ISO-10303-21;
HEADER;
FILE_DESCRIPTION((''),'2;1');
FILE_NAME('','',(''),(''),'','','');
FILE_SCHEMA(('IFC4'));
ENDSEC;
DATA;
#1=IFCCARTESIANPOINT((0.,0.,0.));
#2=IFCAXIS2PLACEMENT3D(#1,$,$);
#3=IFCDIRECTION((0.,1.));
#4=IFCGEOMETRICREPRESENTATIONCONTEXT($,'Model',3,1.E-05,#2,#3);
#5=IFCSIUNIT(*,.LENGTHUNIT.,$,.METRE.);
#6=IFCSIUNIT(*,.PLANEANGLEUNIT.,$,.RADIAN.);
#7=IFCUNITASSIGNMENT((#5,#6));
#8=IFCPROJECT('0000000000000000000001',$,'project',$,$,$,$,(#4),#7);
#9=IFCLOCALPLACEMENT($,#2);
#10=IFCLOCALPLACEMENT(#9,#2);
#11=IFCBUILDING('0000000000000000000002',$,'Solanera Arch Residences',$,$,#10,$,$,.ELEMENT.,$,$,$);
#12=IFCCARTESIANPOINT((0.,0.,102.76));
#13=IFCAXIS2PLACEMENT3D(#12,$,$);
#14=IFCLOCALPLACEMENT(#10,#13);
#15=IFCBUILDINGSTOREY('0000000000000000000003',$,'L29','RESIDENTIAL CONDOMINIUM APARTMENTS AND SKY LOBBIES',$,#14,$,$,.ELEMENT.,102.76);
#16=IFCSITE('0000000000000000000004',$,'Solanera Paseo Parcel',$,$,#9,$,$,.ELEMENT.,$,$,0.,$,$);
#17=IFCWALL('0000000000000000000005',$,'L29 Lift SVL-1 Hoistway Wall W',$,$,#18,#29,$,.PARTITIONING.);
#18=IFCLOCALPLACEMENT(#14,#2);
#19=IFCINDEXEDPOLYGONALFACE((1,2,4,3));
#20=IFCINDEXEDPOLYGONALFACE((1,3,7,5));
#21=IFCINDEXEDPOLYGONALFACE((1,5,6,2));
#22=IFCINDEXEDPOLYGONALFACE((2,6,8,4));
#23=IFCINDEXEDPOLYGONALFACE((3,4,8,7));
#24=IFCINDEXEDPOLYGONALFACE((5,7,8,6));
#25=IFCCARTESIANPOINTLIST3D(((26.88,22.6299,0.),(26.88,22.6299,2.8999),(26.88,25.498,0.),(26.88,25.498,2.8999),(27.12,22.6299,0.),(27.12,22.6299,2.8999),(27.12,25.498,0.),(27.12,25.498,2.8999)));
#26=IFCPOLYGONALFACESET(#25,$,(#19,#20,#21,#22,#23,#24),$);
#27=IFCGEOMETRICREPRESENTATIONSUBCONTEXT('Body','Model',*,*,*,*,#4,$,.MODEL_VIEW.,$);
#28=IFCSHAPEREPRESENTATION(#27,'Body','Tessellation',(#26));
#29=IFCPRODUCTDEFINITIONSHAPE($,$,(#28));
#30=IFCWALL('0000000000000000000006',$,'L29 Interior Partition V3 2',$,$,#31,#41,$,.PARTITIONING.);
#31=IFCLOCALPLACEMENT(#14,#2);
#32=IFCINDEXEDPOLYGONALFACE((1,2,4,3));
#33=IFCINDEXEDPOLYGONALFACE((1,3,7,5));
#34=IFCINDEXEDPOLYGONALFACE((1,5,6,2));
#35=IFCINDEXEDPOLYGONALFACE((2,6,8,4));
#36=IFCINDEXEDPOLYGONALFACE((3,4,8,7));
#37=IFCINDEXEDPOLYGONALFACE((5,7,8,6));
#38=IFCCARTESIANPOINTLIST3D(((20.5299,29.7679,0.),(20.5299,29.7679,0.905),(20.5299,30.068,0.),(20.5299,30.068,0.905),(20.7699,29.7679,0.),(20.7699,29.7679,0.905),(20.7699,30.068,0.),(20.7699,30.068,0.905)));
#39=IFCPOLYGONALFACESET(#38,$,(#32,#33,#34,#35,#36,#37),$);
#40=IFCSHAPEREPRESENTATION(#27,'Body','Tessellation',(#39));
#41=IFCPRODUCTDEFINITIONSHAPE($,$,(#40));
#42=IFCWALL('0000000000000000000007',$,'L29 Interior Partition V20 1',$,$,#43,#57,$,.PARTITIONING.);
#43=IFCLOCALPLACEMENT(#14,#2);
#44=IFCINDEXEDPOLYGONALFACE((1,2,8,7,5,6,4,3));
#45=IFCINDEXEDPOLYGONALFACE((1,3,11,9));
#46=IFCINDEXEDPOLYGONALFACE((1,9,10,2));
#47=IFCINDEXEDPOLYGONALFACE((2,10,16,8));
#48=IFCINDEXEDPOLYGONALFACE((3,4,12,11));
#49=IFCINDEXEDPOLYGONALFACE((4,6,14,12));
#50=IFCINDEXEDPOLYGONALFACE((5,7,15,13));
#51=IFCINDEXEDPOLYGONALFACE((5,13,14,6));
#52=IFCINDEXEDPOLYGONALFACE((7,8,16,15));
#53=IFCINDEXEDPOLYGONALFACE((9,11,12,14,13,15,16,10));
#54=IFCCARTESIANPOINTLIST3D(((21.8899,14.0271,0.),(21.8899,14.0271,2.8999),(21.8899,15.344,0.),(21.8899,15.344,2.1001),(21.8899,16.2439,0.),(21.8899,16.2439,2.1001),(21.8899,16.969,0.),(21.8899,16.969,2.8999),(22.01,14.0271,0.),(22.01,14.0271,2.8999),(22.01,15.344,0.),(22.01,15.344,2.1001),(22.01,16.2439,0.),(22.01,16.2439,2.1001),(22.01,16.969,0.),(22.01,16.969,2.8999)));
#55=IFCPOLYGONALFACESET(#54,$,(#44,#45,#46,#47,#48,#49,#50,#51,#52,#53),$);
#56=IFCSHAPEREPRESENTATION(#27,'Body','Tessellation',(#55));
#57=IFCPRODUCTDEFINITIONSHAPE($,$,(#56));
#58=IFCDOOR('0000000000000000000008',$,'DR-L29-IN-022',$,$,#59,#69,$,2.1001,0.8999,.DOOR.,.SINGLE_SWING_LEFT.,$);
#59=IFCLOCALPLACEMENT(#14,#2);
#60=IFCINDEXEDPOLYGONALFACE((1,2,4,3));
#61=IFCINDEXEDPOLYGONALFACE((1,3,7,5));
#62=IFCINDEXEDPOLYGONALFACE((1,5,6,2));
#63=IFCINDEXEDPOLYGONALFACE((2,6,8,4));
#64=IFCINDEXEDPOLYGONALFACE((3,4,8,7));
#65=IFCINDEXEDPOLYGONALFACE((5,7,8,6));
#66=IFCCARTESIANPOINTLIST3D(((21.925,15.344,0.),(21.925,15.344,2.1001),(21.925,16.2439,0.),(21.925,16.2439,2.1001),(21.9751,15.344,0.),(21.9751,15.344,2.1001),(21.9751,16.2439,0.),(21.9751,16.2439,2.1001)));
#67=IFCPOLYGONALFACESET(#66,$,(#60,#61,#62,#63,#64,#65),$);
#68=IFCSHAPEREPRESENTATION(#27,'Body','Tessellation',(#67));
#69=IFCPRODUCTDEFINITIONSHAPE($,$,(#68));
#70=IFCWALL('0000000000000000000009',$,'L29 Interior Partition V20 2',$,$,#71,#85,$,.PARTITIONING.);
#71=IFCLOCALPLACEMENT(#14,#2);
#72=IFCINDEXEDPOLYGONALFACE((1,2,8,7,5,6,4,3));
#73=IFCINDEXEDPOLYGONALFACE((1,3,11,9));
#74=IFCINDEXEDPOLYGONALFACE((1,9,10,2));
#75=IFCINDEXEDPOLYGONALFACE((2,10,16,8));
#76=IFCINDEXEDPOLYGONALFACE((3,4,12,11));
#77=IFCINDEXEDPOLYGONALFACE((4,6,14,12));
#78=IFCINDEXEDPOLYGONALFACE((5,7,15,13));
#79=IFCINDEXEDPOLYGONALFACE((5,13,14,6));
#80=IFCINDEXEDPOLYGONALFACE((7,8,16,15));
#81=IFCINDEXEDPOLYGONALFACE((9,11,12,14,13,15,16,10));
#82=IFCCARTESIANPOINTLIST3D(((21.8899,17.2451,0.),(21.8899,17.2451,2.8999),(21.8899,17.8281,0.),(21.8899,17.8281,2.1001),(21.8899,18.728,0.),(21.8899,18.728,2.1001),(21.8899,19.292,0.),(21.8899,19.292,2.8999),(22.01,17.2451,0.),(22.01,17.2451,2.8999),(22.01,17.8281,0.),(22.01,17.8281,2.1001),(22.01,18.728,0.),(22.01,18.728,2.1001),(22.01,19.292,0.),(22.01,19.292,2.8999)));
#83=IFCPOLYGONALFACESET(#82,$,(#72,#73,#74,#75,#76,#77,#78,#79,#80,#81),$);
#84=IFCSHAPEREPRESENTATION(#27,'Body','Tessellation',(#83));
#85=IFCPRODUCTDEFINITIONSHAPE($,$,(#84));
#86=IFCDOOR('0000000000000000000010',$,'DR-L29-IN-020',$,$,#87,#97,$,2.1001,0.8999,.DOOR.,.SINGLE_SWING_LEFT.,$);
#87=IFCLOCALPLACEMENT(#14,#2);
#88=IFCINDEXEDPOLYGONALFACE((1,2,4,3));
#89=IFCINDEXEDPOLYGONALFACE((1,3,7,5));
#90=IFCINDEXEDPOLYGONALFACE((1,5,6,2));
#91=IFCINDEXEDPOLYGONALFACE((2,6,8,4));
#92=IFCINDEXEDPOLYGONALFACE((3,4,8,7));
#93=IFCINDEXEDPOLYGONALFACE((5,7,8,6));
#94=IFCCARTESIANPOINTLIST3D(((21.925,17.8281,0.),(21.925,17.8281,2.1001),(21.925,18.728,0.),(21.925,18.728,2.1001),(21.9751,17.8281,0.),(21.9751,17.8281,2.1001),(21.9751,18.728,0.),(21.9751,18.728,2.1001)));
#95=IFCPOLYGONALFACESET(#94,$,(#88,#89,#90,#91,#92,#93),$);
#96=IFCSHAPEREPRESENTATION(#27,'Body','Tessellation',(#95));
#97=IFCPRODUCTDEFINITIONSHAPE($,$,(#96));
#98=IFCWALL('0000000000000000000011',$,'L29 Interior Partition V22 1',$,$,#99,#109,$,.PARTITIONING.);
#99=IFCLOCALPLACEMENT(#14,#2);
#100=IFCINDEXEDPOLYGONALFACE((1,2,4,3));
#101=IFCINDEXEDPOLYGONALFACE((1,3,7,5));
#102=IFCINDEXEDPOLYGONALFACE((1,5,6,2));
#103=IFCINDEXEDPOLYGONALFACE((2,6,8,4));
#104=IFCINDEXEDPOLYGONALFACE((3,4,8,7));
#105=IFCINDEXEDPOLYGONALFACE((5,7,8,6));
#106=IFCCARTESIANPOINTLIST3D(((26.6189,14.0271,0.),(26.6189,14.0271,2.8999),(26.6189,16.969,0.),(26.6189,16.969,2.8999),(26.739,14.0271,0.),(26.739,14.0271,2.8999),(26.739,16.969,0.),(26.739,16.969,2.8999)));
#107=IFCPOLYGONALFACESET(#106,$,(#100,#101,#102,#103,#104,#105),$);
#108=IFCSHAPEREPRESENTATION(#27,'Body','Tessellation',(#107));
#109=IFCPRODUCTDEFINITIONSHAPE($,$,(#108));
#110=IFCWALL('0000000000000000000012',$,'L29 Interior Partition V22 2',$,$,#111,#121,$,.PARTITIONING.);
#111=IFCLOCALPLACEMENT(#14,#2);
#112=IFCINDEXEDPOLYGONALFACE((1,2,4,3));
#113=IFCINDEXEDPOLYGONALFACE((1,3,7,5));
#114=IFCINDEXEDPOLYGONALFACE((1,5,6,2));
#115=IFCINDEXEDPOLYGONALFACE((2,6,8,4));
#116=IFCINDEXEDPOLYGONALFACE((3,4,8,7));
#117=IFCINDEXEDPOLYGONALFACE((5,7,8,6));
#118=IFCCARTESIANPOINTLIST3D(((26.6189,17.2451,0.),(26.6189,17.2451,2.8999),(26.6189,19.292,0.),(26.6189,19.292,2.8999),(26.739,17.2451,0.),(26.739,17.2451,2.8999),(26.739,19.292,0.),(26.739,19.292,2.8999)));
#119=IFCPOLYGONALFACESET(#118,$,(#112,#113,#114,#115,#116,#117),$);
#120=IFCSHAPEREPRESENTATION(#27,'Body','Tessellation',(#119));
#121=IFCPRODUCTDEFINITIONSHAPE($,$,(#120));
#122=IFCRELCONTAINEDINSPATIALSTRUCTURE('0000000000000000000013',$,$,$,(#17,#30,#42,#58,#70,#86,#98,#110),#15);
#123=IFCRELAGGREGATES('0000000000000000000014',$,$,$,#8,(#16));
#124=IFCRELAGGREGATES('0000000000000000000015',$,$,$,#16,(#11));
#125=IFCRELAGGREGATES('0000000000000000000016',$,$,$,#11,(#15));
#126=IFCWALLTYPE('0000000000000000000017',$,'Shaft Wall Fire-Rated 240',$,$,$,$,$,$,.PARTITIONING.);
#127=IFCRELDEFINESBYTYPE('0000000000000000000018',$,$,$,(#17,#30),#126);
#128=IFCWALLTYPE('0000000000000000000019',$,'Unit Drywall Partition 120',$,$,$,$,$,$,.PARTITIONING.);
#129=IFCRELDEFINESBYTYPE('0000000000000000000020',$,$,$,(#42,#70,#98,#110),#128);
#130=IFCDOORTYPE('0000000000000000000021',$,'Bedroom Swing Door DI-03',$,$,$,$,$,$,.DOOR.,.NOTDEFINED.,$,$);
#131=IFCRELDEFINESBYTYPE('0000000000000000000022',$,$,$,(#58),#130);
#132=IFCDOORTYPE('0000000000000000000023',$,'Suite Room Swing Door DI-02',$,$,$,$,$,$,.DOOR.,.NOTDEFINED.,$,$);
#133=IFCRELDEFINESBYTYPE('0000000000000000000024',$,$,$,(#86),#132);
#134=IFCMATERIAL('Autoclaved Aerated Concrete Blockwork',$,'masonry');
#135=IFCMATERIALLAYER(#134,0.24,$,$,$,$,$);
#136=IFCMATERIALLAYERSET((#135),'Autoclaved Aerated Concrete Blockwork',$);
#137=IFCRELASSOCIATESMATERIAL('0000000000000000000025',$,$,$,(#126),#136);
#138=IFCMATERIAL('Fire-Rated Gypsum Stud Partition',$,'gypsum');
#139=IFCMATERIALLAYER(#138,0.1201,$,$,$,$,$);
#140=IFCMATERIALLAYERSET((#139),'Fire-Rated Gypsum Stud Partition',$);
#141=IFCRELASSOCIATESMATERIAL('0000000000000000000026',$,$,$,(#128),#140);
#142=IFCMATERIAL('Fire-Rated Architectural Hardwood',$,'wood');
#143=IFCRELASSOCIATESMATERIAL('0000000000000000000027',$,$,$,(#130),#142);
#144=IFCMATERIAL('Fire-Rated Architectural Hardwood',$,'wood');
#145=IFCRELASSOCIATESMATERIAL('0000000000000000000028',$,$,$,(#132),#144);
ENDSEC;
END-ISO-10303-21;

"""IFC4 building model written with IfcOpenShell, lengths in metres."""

from ifc_helpers import new_model, si_unit, direction, frame, frame_2d, origin, place, context, subcontext, project, spatial, rectangle, extrude, material, layer, layer_set, type_object, element, fill, save


model = new_model("IFC4")

# Units and contexts
model_context = context("Model", 3, precision=1e-05, world=origin(), true_north=direction((0.0, 1.0)))
body_context = subcontext(model_context, "Body", "Model", "MODEL_VIEW")
ifc_project = project(units=[si_unit("LENGTHUNIT", "METRE"), si_unit("PLANEANGLEUNIT", "RADIAN")], contexts=[model_context])

# Site, building, storey
site_placement = place(None, origin())
site = spatial("IfcSite", under=ifc_project, at=site_placement, Name="Solanera Paseo Parcel", CompositionType="ELEMENT", RefElevation=0.0)
building_placement = place(site_placement, origin())
building = spatial("IfcBuilding", under=site, at=building_placement, Name="Solanera Arch Residences", CompositionType="ELEMENT")
storey_placement = place(building_placement, frame((0.0, 0.0, 102.76)))
storey = spatial("IfcBuildingStorey", under=building, at=storey_placement, Name="L29", Description="RESIDENTIAL CONDOMINIUM APARTMENTS AND SKY LOBBIES", CompositionType="ELEMENT", Elevation=102.76)

# Walls
ifc_material_1 = material(Name="Autoclaved Aerated Concrete Blockwork", Category="masonry")
ifc_layer_1 = layer(ifc_material_1, 0.24)
ifc_layer_set_1 = layer_set([ifc_layer_1], Name="Autoclaved Aerated Concrete Blockwork")
wall_type_1 = type_object("IfcWallType", Name="Shaft Wall Fire-Rated 240", PredefinedType="PARTITIONING", material=ifc_layer_set_1)
wall_1_placement = place(storey_placement, frame((27.0, 22.6299, 0.0), z_axis=(0.0, 0.0, 1.0), x_axis=(0.0, 1.0, 0.0)))
element("IfcWall", 1, at=wall_1_placement, inside=storey, type_object=wall_type_1, Name="L29 Lift SVL-1 Hoistway Wall W", PredefinedType="PARTITIONING", context=body_context, shape_type="SweptSolid", body=[
    extrude(rectangle(XDim=2.8682, YDim=0.24, at=frame_2d((1.4341, 0.0))), origin(), (0.0, 0.0, 1.0), 2.8999),
])
wall_2_placement = place(storey_placement, frame((20.6499, 29.7681, 0.0), z_axis=(0.0, 0.0, 1.0), x_axis=(0.0, 1.0, 0.0)))
element("IfcWall", 2, at=wall_2_placement, inside=storey, type_object=wall_type_1, Name="L29 Interior Partition V3 2", PredefinedType="PARTITIONING", context=body_context, shape_type="SweptSolid", body=[
    extrude(rectangle(XDim=0.3, YDim=0.24, at=frame_2d((0.1499, 0.0))), origin(), (0.0, 0.0, 1.0), 0.905),
])

# Walls, openings, doors
ifc_material_2 = material(Name="Fire-Rated Gypsum Stud Partition", Category="gypsum")
ifc_layer_2 = layer(ifc_material_2, 0.1201)
ifc_layer_set_2 = layer_set([ifc_layer_2], Name="Fire-Rated Gypsum Stud Partition")
wall_type_2 = type_object("IfcWallType", Name="Unit Drywall Partition 120", PredefinedType="PARTITIONING", material=ifc_layer_set_2)
wall_3_placement = place(storey_placement, frame((21.95, 14.0271, 0.0), z_axis=(0.0, 0.0, 1.0), x_axis=(0.0, 1.0, 0.0)))
wall_3 = element("IfcWall", 3, at=wall_3_placement, inside=storey, type_object=wall_type_2, Name="L29 Interior Partition V20 1", PredefinedType="PARTITIONING", context=body_context, shape_type="SweptSolid", body=[
    extrude(rectangle(XDim=2.9419, YDim=0.1201, at=frame_2d((1.4709, 0.0))), origin(), (0.0, 0.0, 1.0), 2.8999),
])
opening_1_placement = place(wall_3_placement, frame((1.3169, 0.0, 0.0)))
opening_1 = element("IfcOpeningElement", 4, at=opening_1_placement, cuts=wall_3, PredefinedType="OPENING", context=body_context, shape_type="SweptSolid", body=[
    extrude(rectangle(XDim=0.8999, YDim=2.1001, at=frame_2d((0.45, 1.05))), frame((0.0, 0.0701, 0.0), z_axis=(0.0, -1.0, 0.0), x_axis=(1.0, 0.0, 0.0)), (0.0, 0.0, 1.0), 0.1401),
])
ifc_material_3 = material(Name="Fire-Rated Architectural Hardwood", Category="wood")
door_type_1 = type_object("IfcDoorType", Name="Bedroom Swing Door DI-03", OperationType="NOTDEFINED", PredefinedType="DOOR", material=ifc_material_3)
door_1_placement = place(opening_1_placement, origin())
door_1 = element("IfcDoor", 5, at=door_1_placement, inside=storey, type_object=door_type_1, Name="DR-L29-IN-022", OperationType="SINGLE_SWING_LEFT", OverallHeight=2.1001, OverallWidth=0.8999, PredefinedType="DOOR", context=body_context, shape_type="SweptSolid", body=[
    extrude(rectangle(XDim=0.8999, YDim=2.1001, at=frame_2d((0.45, 1.05))), frame((0.0, 0.0249, 0.0), z_axis=(0.0, -1.0, 0.0), x_axis=(1.0, 0.0, 0.0)), (0.0, 0.0, 1.0), 0.05),
])
fill(opening_1, door_1)
wall_4_placement = place(storey_placement, frame((21.95, 17.2451, 0.0), z_axis=(0.0, 0.0, 1.0), x_axis=(0.0, 1.0, 0.0)))
wall_4 = element("IfcWall", 6, at=wall_4_placement, inside=storey, type_object=wall_type_2, Name="L29 Interior Partition V20 2", PredefinedType="PARTITIONING", context=body_context, shape_type="SweptSolid", body=[
    extrude(rectangle(XDim=2.0469, YDim=0.1201, at=frame_2d((1.0234, 0.0))), origin(), (0.0, 0.0, 1.0), 2.8999),
])
opening_2_placement = place(wall_4_placement, frame((0.583, 0.0, 0.0)))
opening_2 = element("IfcOpeningElement", 7, at=opening_2_placement, cuts=wall_4, PredefinedType="OPENING", context=body_context, shape_type="SweptSolid", body=[
    extrude(rectangle(XDim=0.8999, YDim=2.1001, at=frame_2d((0.45, 1.05))), frame((0.0, 0.0701, 0.0), z_axis=(0.0, -1.0, 0.0), x_axis=(1.0, 0.0, 0.0)), (0.0, 0.0, 1.0), 0.1401),
])
ifc_material_4 = material(Name="Fire-Rated Architectural Hardwood", Category="wood")
door_type_2 = type_object("IfcDoorType", Name="Suite Room Swing Door DI-02", OperationType="NOTDEFINED", PredefinedType="DOOR", material=ifc_material_4)
door_2_placement = place(opening_2_placement, origin())
door_2 = element("IfcDoor", 8, at=door_2_placement, inside=storey, type_object=door_type_2, Name="DR-L29-IN-020", OperationType="SINGLE_SWING_LEFT", OverallHeight=2.1001, OverallWidth=0.8999, PredefinedType="DOOR", context=body_context, shape_type="SweptSolid", body=[
    extrude(rectangle(XDim=0.8999, YDim=2.1001, at=frame_2d((0.45, 1.05))), frame((0.0, 0.0249, 0.0), z_axis=(0.0, -1.0, 0.0), x_axis=(1.0, 0.0, 0.0)), (0.0, 0.0, 1.0), 0.05),
])
fill(opening_2, door_2)

# Walls
wall_5_placement = place(storey_placement, frame((26.679, 14.0271, 0.0), z_axis=(0.0, 0.0, 1.0), x_axis=(0.0, 1.0, 0.0)))
element("IfcWall", 9, at=wall_5_placement, inside=storey, type_object=wall_type_2, Name="L29 Interior Partition V22 1", PredefinedType="PARTITIONING", context=body_context, shape_type="SweptSolid", body=[
    extrude(rectangle(XDim=2.9419, YDim=0.1201, at=frame_2d((1.4709, 0.0))), origin(), (0.0, 0.0, 1.0), 2.8999),
])
wall_6_placement = place(storey_placement, frame((26.679, 17.2451, 0.0), z_axis=(0.0, 0.0, 1.0), x_axis=(0.0, 1.0, 0.0)))
element("IfcWall", 10, at=wall_6_placement, inside=storey, type_object=wall_type_2, Name="L29 Interior Partition V22 2", PredefinedType="PARTITIONING", context=body_context, shape_type="SweptSolid", body=[
    extrude(rectangle(XDim=2.0469, YDim=0.1201, at=frame_2d((1.0234, 0.0))), origin(), (0.0, 0.0, 1.0), 2.8999),
])

save(model, "model.ifc")
